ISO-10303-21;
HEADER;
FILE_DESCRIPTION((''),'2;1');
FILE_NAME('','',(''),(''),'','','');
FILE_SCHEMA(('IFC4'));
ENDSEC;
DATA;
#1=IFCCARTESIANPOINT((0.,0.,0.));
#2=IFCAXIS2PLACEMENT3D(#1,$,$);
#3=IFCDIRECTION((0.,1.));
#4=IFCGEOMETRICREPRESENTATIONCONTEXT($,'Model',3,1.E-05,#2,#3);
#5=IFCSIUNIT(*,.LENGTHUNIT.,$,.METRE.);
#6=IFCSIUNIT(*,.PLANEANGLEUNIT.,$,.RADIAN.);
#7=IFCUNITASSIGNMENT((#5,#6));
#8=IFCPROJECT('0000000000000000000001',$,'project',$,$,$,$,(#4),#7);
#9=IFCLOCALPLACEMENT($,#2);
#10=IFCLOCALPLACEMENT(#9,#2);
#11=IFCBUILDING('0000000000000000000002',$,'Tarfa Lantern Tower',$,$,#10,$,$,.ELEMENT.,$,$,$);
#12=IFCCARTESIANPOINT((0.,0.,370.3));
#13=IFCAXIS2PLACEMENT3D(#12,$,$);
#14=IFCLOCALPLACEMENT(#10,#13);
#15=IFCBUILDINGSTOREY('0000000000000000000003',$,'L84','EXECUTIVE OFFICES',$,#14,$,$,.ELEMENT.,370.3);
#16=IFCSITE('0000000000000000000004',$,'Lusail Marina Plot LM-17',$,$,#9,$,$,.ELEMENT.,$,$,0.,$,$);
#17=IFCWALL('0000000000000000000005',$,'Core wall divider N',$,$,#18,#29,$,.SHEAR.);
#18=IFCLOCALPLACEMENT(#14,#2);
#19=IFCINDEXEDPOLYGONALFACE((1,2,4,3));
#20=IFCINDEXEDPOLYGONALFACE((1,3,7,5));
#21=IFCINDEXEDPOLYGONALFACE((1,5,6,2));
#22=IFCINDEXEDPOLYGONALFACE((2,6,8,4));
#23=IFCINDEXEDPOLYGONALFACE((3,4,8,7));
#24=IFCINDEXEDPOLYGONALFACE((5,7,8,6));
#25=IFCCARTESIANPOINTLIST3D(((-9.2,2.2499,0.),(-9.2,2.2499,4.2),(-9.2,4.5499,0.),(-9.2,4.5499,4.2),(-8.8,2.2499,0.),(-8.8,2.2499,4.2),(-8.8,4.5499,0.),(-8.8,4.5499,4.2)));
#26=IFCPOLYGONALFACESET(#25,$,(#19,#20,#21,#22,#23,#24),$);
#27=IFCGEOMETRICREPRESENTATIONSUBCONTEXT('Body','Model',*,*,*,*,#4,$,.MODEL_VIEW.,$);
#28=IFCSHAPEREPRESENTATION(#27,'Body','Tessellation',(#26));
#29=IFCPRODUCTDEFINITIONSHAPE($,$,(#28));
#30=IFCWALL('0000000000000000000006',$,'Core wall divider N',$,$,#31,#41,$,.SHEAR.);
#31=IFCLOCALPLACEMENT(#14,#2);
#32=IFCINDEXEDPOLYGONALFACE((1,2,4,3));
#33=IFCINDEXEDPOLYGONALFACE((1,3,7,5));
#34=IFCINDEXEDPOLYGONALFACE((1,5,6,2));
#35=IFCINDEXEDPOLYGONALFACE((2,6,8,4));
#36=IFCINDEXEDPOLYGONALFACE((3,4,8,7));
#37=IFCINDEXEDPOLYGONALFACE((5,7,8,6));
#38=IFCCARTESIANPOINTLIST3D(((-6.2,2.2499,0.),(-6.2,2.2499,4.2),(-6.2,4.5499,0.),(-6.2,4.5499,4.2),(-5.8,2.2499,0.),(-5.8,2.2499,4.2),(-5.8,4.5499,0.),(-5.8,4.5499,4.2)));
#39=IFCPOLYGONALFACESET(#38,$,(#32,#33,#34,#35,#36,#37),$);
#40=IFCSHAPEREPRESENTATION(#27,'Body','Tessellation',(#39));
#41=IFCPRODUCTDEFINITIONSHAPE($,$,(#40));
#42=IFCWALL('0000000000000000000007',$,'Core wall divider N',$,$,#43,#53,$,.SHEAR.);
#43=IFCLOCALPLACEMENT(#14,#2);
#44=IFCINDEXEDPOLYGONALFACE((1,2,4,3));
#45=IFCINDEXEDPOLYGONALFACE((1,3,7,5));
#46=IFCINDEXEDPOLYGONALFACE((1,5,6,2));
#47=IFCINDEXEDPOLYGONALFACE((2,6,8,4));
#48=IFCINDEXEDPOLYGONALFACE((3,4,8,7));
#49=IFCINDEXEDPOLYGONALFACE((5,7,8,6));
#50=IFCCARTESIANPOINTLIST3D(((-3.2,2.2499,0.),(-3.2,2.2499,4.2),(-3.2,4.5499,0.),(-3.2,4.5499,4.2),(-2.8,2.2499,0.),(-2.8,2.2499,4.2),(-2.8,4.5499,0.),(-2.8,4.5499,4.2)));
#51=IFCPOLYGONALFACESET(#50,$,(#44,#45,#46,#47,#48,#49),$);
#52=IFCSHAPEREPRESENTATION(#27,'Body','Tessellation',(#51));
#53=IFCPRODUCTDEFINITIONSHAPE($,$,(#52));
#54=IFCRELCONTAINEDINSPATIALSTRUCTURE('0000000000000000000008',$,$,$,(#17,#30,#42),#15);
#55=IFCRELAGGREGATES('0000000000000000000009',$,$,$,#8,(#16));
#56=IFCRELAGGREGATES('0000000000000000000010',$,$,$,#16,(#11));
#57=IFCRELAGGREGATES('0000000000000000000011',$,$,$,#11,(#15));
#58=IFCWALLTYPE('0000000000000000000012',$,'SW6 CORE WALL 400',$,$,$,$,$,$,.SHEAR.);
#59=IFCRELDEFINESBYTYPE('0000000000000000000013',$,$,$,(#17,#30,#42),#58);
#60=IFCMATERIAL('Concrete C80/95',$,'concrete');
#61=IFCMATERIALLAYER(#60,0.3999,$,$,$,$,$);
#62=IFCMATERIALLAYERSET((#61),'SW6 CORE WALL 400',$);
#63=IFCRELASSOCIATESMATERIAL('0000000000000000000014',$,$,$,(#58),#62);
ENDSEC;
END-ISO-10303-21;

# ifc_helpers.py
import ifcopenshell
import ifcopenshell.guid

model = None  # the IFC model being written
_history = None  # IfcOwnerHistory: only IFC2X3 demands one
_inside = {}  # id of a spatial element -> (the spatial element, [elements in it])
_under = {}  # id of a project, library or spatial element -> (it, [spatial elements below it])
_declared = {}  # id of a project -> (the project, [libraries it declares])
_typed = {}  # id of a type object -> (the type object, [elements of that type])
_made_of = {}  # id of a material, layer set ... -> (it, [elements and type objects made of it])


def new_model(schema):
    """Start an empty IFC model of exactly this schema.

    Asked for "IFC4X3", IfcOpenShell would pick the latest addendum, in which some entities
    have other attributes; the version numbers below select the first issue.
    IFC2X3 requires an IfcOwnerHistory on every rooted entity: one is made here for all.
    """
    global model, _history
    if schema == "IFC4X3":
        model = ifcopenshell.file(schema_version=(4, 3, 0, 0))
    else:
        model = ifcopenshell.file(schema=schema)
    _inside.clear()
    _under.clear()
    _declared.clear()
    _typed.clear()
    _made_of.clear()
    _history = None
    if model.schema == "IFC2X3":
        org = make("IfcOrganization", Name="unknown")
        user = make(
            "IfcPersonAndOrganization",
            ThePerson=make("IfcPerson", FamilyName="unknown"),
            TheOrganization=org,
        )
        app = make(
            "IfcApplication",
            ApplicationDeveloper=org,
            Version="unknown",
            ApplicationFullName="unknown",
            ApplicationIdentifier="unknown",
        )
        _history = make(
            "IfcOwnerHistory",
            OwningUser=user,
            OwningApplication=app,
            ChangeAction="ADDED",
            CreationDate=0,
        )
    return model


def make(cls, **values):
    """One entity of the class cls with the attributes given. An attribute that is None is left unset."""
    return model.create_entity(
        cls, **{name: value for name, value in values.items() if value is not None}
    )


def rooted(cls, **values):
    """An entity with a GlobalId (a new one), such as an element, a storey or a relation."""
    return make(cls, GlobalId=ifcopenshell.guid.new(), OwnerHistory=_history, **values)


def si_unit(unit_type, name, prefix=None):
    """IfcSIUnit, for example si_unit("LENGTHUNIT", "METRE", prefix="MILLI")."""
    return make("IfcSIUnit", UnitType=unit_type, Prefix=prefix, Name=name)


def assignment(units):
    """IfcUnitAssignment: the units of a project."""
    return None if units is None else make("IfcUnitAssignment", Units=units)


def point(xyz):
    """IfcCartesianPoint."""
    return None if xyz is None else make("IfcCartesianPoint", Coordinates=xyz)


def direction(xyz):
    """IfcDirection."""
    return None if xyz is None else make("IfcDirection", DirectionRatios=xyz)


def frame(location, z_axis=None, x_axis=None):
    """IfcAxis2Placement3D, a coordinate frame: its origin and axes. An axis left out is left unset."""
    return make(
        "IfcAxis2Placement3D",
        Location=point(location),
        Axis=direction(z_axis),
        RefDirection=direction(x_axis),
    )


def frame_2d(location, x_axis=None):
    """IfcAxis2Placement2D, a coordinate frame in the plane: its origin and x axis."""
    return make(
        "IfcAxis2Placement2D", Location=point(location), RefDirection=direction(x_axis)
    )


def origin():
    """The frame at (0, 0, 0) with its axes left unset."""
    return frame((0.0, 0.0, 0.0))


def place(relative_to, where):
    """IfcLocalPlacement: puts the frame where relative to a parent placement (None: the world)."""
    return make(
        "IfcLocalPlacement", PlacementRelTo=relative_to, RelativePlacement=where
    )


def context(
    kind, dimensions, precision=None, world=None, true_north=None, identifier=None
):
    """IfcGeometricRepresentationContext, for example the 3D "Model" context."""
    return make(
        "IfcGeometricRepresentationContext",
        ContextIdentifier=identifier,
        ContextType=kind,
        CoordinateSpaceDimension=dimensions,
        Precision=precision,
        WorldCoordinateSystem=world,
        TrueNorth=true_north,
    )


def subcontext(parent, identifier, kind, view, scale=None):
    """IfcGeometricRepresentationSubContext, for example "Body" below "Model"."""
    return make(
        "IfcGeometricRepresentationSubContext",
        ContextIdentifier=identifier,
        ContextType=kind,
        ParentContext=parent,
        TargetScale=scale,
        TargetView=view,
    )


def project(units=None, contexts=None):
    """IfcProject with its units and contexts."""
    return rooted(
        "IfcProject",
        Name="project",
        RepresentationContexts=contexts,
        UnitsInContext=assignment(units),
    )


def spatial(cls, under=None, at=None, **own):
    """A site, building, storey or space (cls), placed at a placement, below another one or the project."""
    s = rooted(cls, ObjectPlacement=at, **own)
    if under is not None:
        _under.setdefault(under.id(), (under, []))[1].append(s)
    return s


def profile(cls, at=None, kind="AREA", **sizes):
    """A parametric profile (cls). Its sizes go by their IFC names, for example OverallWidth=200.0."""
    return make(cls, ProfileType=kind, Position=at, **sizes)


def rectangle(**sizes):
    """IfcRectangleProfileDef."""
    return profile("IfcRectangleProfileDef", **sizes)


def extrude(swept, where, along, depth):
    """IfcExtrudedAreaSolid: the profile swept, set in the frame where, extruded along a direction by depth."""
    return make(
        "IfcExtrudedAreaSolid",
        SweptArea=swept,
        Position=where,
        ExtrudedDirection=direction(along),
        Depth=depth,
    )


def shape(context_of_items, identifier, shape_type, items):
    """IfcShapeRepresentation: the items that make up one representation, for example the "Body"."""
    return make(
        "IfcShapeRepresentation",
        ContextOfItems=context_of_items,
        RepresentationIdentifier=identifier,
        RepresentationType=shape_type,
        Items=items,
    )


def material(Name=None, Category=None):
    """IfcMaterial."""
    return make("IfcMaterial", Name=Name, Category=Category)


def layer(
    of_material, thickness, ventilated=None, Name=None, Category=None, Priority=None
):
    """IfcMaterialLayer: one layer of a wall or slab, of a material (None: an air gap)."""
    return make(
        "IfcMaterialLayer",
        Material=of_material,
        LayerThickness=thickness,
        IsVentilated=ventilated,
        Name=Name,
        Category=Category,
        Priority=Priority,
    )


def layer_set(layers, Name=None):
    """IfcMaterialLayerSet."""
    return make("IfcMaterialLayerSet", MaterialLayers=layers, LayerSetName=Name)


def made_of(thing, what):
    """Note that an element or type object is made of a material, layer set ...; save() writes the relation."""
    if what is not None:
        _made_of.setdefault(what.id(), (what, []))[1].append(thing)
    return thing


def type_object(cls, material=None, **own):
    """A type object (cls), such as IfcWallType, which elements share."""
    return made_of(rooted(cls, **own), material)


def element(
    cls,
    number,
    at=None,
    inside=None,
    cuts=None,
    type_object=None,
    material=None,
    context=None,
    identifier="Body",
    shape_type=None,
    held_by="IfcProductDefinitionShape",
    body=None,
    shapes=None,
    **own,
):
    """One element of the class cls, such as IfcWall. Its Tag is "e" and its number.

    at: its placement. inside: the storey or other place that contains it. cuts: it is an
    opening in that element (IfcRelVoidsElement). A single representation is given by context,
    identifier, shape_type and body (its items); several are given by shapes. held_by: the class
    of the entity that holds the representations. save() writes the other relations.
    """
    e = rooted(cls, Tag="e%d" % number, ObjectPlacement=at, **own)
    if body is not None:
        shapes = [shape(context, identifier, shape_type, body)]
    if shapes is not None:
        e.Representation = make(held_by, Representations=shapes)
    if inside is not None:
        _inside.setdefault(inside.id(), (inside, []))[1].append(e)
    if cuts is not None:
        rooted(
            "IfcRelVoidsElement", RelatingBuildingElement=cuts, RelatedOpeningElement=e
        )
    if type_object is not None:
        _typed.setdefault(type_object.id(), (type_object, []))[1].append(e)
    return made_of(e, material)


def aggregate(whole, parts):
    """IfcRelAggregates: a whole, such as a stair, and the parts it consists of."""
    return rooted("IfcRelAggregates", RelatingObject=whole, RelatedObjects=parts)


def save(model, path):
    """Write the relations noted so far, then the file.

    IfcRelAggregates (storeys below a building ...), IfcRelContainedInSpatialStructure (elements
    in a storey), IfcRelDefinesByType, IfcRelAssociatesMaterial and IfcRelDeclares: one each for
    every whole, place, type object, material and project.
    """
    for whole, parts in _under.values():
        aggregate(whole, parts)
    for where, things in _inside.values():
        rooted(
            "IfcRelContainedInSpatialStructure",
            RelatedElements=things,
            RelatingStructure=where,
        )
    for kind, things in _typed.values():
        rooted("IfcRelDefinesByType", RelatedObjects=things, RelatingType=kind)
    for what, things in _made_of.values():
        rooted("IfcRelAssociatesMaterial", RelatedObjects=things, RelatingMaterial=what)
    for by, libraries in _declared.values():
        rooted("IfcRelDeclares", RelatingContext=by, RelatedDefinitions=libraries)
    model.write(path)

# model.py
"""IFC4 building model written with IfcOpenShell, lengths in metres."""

from ifc_helpers import new_model, si_unit, direction, frame, frame_2d, origin, place, context, subcontext, project, spatial, rectangle, extrude, material, layer, layer_set, type_object, element, save


model = new_model("IFC4")

# Units and contexts
model_context = context("Model", 3, precision=1e-05, world=origin(), true_north=direction((0.0, 1.0)))
body_context = subcontext(model_context, "Body", "Model", "MODEL_VIEW")
ifc_project = project(units=[si_unit("LENGTHUNIT", "METRE"), si_unit("PLANEANGLEUNIT", "RADIAN")], contexts=[model_context])

# Site, building, storey
site_placement = place(None, origin())
site = spatial("IfcSite", under=ifc_project, at=site_placement, Name="Lusail Marina Plot LM-17", CompositionType="ELEMENT", RefElevation=0.0)
building_placement = place(site_placement, origin())
building = spatial("IfcBuilding", under=site, at=building_placement, Name="Tarfa Lantern Tower", CompositionType="ELEMENT")
storey_placement = place(building_placement, frame((0.0, 0.0, 370.3)))
storey = spatial("IfcBuildingStorey", under=building, at=storey_placement, Name="L84", Description="EXECUTIVE OFFICES", CompositionType="ELEMENT", Elevation=370.3)

# Shared definitions
ifc_material_1 = material(Name="Concrete C80/95", Category="concrete")

# Walls
ifc_layer_1 = layer(ifc_material_1, 0.3999)
ifc_layer_set_1 = layer_set([ifc_layer_1], Name="SW6 CORE WALL 400")
wall_type_1 = type_object("IfcWallType", Name="SW6 CORE WALL 400", PredefinedType="SHEAR", material=ifc_layer_set_1)
for number, where, z_axis, x_axis, name in (
    (1, (-9.0, 2.25, 0.0), (0.0, 0.0, 1.0), (0.0, 1.0, 0.0), "Core wall divider N"),
    (2, (-6.0, 2.25, 0.0), (0.0, 0.0, 1.0), (0.0, 1.0, 0.0), "Core wall divider N"),
    (3, (-3.0, 2.25, 0.0), (0.0, 0.0, 1.0), (0.0, 1.0, 0.0), "Core wall divider N"),
):
    element("IfcWall", number, at=place(storey_placement, frame(where, z_axis=z_axis, x_axis=x_axis)), inside=storey, type_object=wall_type_1, Name=name, PredefinedType="SHEAR", context=body_context, shape_type="SweptSolid", body=[
        extrude(rectangle(XDim=2.3, YDim=0.3999, at=frame_2d((1.1499, 0.0))), origin(), (0.0, 0.0, 1.0), 4.2),
    ])

save(model, "model.ifc")
